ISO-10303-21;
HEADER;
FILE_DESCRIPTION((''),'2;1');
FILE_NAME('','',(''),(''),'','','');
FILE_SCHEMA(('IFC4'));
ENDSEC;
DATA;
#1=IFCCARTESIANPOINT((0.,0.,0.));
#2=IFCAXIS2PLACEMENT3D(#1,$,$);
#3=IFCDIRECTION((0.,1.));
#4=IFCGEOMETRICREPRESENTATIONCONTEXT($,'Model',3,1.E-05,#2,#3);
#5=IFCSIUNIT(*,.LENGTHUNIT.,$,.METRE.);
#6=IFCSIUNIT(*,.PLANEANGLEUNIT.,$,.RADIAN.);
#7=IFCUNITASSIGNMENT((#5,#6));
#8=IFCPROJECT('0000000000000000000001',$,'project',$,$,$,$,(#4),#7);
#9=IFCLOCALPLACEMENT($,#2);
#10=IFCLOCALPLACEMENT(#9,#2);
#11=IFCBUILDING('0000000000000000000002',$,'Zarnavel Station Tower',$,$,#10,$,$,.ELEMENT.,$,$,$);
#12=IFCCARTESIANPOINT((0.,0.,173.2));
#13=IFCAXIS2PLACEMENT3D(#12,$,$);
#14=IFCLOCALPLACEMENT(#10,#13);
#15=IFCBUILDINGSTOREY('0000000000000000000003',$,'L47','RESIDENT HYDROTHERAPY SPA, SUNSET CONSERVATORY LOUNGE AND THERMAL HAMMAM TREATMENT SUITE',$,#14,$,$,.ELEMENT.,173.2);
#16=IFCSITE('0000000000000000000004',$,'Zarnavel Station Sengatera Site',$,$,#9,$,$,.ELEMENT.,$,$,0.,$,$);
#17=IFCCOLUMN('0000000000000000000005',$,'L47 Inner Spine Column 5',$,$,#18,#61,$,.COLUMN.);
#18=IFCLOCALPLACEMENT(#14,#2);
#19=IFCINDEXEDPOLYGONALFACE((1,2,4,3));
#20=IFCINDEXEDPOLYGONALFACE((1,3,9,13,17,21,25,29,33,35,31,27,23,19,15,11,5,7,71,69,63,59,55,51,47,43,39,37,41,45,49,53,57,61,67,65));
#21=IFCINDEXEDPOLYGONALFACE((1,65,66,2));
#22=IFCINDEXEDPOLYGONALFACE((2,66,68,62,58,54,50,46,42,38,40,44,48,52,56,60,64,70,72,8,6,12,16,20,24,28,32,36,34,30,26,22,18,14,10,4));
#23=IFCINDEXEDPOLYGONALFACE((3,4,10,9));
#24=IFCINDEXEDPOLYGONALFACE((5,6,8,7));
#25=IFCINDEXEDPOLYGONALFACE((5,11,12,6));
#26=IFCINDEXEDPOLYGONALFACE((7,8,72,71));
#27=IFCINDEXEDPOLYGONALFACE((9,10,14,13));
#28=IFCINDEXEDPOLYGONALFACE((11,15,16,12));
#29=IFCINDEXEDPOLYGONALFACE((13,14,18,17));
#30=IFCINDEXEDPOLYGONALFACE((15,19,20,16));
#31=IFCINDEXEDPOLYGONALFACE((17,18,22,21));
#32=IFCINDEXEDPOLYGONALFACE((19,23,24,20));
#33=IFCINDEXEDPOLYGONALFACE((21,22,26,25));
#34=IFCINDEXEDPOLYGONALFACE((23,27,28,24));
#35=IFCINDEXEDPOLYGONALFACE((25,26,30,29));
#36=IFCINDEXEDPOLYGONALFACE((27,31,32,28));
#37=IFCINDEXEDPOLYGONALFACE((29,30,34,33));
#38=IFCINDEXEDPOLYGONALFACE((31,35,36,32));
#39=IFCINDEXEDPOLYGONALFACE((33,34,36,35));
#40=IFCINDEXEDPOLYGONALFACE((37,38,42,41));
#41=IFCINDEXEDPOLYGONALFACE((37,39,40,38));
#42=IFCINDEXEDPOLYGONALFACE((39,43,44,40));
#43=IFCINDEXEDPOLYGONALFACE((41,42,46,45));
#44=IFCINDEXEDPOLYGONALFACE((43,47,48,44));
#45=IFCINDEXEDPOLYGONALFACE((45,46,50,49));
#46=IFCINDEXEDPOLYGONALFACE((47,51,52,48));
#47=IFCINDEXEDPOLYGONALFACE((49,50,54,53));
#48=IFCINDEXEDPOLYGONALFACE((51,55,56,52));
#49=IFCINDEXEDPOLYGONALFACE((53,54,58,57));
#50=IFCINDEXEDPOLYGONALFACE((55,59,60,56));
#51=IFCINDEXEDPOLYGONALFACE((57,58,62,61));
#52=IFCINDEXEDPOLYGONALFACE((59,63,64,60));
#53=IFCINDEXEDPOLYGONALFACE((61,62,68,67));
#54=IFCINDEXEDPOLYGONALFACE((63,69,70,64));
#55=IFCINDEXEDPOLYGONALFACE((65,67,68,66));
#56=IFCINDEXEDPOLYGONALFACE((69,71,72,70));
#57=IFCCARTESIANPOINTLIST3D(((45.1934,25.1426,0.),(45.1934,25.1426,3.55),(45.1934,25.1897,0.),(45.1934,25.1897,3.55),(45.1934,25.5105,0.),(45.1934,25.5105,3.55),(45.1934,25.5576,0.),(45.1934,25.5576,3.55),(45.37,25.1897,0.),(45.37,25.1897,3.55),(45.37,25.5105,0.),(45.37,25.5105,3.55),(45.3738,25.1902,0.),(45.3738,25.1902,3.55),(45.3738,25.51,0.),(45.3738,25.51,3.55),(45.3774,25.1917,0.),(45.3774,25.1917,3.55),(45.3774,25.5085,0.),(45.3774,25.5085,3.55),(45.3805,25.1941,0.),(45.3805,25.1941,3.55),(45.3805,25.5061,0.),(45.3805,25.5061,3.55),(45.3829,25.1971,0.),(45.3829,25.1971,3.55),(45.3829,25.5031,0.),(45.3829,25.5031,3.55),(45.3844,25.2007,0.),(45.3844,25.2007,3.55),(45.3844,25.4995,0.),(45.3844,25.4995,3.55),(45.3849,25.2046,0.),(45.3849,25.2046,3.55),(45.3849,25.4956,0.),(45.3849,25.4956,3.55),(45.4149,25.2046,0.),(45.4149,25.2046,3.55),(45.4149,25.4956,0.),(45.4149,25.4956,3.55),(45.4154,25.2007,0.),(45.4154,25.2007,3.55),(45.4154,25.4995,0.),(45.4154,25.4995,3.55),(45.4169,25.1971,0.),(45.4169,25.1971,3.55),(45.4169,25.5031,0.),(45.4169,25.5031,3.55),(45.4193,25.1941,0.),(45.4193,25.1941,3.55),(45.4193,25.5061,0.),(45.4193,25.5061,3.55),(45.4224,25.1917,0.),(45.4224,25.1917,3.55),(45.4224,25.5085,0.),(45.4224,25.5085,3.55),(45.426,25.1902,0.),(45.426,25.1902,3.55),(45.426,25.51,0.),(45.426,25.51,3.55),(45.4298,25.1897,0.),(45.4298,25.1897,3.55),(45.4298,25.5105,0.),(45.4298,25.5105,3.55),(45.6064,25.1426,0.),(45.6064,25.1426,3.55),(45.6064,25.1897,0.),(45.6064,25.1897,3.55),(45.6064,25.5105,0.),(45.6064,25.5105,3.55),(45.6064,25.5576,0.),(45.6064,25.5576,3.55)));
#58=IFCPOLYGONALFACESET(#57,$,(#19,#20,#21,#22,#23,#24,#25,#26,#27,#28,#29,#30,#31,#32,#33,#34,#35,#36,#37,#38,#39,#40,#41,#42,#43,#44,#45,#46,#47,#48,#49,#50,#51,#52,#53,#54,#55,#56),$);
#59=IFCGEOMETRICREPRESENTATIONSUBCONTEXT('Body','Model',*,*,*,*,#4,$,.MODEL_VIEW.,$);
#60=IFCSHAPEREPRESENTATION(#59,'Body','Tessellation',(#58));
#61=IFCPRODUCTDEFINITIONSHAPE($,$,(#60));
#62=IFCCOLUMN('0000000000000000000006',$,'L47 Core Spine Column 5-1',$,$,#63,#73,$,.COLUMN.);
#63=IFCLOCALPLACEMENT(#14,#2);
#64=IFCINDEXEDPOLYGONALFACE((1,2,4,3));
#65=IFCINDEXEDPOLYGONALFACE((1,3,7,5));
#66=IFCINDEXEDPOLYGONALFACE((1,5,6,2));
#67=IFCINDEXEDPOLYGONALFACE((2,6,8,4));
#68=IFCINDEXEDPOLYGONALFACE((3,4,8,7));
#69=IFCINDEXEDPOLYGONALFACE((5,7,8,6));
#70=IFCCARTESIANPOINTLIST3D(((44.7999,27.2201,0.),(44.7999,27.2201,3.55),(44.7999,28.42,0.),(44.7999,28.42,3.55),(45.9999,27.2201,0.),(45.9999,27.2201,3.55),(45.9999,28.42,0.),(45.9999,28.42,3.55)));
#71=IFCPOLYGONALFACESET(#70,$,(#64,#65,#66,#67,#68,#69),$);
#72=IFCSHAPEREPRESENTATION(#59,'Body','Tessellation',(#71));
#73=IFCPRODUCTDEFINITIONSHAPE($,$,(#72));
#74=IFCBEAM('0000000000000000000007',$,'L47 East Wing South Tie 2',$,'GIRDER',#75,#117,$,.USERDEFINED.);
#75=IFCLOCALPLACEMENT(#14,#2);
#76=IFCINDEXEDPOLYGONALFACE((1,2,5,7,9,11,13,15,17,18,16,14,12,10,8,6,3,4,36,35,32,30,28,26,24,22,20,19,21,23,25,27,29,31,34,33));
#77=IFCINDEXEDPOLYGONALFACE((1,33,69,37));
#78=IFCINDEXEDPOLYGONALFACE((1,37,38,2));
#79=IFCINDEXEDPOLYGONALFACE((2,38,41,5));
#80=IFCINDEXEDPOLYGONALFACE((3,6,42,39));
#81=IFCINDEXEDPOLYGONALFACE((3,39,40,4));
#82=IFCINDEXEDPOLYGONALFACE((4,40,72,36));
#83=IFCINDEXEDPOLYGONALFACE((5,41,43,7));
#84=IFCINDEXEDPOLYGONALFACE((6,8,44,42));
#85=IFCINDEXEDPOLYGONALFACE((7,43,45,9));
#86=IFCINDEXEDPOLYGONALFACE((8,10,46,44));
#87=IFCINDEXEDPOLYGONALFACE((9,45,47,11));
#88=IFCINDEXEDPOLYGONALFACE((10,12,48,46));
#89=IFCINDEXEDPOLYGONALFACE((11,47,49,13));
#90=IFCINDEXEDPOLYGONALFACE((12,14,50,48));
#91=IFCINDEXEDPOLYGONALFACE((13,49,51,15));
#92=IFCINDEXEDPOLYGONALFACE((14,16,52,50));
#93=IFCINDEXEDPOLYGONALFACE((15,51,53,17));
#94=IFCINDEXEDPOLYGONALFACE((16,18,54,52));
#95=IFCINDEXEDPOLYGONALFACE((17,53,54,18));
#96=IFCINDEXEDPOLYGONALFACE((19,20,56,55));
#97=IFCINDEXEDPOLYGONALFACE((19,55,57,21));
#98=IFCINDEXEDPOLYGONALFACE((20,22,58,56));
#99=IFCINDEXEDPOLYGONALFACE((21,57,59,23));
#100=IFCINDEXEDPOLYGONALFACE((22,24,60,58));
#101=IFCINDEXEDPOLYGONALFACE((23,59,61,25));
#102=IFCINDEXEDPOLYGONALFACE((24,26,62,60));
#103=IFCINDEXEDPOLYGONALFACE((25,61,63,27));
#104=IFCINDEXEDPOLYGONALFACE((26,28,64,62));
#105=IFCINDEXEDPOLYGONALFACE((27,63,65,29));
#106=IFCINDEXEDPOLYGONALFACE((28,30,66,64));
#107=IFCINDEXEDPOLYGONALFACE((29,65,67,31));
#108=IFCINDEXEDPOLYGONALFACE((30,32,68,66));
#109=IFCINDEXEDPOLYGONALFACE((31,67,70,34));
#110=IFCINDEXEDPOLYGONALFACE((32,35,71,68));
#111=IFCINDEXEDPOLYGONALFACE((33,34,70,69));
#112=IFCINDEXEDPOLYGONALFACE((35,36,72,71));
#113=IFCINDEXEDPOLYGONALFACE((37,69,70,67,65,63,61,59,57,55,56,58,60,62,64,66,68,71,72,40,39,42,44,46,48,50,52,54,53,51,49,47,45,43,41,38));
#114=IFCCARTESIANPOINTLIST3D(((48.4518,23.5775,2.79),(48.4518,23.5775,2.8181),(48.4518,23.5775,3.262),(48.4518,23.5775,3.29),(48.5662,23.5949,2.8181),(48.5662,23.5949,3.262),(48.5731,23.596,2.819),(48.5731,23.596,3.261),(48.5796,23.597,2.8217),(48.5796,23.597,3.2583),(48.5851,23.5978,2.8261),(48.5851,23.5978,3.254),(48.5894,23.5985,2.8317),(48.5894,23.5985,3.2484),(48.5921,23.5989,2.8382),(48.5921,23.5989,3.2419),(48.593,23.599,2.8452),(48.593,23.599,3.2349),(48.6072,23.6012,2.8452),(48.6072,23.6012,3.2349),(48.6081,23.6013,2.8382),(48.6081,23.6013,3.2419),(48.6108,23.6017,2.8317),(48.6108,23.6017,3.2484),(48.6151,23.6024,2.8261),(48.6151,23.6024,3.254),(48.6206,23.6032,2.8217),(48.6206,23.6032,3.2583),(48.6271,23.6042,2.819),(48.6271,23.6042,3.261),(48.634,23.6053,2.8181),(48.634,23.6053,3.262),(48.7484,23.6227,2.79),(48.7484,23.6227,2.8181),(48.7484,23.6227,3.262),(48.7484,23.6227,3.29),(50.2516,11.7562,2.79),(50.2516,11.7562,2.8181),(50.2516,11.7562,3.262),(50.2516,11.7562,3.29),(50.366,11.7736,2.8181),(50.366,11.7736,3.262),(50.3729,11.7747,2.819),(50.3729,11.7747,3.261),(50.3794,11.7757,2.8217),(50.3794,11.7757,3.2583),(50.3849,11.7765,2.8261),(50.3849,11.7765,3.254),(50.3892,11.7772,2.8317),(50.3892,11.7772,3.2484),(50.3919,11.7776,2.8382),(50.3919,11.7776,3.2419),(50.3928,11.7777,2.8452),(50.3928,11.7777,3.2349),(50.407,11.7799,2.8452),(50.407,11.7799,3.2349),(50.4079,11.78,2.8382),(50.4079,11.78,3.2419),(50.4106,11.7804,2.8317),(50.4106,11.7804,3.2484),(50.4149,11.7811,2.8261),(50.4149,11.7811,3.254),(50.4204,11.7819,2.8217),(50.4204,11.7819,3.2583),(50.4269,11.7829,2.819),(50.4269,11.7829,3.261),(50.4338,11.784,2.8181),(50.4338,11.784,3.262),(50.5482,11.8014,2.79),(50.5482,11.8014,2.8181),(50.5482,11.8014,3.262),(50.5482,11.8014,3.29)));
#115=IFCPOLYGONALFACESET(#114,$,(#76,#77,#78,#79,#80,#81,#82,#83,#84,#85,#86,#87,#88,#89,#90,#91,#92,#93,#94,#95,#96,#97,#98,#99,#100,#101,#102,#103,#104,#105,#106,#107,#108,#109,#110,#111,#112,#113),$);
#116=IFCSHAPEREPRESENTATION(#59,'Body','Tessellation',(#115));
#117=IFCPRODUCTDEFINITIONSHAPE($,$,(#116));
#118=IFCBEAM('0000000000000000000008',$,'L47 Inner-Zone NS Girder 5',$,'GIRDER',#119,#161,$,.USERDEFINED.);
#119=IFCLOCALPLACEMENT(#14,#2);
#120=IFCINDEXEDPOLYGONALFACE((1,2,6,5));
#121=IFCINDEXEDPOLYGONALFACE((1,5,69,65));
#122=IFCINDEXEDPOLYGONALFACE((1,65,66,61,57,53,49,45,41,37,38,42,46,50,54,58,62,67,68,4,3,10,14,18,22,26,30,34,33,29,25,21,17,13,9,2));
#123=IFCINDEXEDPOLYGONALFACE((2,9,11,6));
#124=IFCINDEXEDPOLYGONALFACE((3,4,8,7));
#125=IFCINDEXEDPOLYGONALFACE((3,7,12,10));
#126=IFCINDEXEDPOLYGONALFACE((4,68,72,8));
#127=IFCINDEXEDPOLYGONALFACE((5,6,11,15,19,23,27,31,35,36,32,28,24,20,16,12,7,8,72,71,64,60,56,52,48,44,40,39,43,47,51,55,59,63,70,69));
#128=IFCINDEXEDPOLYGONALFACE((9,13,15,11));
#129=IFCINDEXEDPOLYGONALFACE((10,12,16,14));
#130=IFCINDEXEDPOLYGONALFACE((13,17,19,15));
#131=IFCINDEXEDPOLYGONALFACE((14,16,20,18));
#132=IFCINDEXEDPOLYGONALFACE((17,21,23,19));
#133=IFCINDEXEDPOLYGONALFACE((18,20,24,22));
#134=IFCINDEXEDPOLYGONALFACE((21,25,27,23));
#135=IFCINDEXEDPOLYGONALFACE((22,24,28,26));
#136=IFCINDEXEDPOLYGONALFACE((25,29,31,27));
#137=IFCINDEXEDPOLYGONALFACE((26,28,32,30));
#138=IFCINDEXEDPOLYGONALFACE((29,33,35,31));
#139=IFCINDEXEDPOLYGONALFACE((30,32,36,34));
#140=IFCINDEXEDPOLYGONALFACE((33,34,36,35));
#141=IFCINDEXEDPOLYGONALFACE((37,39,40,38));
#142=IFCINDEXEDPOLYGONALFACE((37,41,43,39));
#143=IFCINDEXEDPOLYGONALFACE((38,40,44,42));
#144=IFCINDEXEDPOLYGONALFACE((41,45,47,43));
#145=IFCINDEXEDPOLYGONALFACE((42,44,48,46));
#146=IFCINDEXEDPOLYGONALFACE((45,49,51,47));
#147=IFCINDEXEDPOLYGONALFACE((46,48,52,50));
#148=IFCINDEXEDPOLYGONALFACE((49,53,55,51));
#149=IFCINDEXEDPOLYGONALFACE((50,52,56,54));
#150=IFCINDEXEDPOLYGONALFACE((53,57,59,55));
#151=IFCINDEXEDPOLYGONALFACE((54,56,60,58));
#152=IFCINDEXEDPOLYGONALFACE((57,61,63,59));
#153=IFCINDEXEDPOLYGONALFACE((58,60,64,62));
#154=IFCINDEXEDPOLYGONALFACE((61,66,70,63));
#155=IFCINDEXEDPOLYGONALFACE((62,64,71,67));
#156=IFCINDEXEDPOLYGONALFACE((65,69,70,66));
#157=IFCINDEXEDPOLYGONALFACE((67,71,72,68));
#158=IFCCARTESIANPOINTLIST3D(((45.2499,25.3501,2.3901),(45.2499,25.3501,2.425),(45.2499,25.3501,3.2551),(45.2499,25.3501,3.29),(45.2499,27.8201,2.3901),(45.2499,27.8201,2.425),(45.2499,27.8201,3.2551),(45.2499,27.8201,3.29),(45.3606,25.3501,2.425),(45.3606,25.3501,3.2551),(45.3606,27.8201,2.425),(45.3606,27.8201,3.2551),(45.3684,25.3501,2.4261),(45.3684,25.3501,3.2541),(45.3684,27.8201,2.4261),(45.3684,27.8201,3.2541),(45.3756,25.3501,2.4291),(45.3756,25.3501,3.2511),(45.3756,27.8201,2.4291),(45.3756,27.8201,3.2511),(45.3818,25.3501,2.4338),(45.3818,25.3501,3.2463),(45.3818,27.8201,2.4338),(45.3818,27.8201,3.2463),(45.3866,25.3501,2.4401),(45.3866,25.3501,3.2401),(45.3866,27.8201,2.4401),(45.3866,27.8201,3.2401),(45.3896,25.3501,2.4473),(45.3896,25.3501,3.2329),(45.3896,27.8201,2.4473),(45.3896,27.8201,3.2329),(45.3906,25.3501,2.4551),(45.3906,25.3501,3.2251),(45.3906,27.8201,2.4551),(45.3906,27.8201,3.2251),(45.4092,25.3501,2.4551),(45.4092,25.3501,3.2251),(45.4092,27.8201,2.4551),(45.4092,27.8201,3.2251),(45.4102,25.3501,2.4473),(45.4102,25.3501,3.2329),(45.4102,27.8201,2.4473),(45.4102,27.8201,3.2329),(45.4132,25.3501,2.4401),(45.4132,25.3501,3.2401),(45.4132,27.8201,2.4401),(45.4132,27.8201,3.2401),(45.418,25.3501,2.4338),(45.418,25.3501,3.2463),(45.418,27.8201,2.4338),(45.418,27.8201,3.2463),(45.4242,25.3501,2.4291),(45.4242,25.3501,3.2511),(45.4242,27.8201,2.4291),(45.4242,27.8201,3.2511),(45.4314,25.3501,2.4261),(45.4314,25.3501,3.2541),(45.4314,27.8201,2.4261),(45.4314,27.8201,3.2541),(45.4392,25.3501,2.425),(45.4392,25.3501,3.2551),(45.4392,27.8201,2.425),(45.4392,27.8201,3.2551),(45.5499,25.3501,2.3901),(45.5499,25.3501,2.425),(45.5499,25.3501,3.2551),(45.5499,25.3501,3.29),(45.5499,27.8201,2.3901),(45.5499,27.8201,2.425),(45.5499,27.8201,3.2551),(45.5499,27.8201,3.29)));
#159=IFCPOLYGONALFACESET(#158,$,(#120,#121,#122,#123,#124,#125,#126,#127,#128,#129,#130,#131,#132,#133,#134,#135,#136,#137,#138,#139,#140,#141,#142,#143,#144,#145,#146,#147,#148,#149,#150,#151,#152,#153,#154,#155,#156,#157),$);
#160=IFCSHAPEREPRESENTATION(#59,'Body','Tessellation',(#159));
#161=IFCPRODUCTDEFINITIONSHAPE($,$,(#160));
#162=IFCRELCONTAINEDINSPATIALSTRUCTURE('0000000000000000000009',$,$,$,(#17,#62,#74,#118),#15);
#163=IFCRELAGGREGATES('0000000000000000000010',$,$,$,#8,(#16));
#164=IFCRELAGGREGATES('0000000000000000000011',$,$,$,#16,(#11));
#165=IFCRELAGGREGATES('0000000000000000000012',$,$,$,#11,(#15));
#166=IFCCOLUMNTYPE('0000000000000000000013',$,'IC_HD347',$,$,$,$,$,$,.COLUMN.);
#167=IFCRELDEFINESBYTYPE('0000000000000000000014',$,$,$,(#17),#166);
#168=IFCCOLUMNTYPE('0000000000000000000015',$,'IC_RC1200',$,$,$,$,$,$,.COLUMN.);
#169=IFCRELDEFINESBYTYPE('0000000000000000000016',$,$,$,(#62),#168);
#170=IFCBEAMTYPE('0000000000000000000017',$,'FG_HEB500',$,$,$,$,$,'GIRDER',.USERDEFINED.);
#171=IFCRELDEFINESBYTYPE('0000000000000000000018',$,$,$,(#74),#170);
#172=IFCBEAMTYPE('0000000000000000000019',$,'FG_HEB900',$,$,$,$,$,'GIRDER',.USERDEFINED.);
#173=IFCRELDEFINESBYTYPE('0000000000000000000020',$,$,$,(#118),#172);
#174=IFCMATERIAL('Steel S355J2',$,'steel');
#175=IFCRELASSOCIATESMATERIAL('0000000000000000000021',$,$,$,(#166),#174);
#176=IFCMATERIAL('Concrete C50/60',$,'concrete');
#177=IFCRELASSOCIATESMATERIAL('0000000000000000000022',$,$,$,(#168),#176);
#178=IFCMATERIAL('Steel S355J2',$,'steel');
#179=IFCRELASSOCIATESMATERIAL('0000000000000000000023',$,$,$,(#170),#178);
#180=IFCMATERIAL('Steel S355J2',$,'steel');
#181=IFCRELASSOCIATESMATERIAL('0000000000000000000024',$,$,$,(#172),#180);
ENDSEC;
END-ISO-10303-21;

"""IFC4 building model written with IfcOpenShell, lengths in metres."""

from ifc_helpers import new_model, si_unit, direction, frame, origin, origin_2d, place, context, subcontext, project, spatial, rectangle, i_section, extrude, material, material_profile, profile_set, type_object, element, save


model = new_model("IFC4")

# Units and contexts
model_context = context("Model", 3, precision=1e-05, world=origin(), true_north=direction((0.0, 1.0)))
body_context = subcontext(model_context, "Body", "Model", "MODEL_VIEW")
ifc_project = project(units=[si_unit("LENGTHUNIT", "METRE"), si_unit("PLANEANGLEUNIT", "RADIAN")], contexts=[model_context])

# Site, building, storey
site_placement = place(None, origin())
site = spatial("IfcSite", under=ifc_project, at=site_placement, Name="Zarnavel Station Sengatera Site", CompositionType="ELEMENT", RefElevation=0.0)
building_placement = place(site_placement, origin())
building = spatial("IfcBuilding", under=site, at=building_placement, Name="Zarnavel Station Tower", CompositionType="ELEMENT")
storey_placement = place(building_placement, frame((0.0, 0.0, 173.2)))
storey = spatial("IfcBuildingStorey", under=building, at=storey_placement, Name="L47", Description="RESIDENT HYDROTHERAPY SPA, SUNSET CONSERVATORY LOUNGE AND THERMAL HAMMAM TREATMENT SUITE", CompositionType="ELEMENT", Elevation=173.2)

# Columns
ifc_material_1 = material(Name="Steel S355J2", Category="steel")
ifc_material_profile_1 = material_profile(ifc_material_1, i_section(OverallWidth=0.4131, OverallDepth=0.415, WebThickness=0.03, FlangeThickness=0.0471, FilletRadius=0.0149, at=origin_2d()), Name="HD400x347")
ifc_profile_set_1 = profile_set([ifc_material_profile_1], Name="Steel S355J2")
column_type_1 = type_object("IfcColumnType", Name="IC_HD347", PredefinedType="COLUMN", material=ifc_profile_set_1)
column_1_placement = place(storey_placement, frame((45.3999, 25.3501, 0.0), z_axis=(0.0, 0.0, 1.0), x_axis=(1.0, 0.0, 0.0)))
element("IfcColumn", 1, at=column_1_placement, inside=storey, type_object=column_type_1, Name="L47 Inner Spine Column 5", PredefinedType="COLUMN", context=body_context, shape_type="SweptSolid", body=[
    extrude(i_section(OverallWidth=0.4131, OverallDepth=0.415, WebThickness=0.03, FlangeThickness=0.0471, FilletRadius=0.0149, at=origin_2d()), origin(), (0.0, 0.0, 1.0), 3.55),
])
ifc_material_2 = material(Name="Concrete C50/60", Category="concrete")
ifc_material_profile_2 = material_profile(ifc_material_2, rectangle(XDim=1.2, YDim=1.2, at=origin_2d()), Name="RC1200x1200")
ifc_profile_set_2 = profile_set([ifc_material_profile_2], Name="Concrete C50/60")
column_type_2 = type_object("IfcColumnType", Name="IC_RC1200", PredefinedType="COLUMN", material=ifc_profile_set_2)
column_2_placement = place(storey_placement, frame((45.3999, 27.8201, 0.0), z_axis=(0.0, 0.0, 1.0), x_axis=(1.0, 0.0, 0.0)))
element("IfcColumn", 2, at=column_2_placement, inside=storey, type_object=column_type_2, Name="L47 Core Spine Column 5-1", PredefinedType="COLUMN", context=body_context, shape_type="SweptSolid", body=[
    extrude(rectangle(XDim=1.2, YDim=1.2, at=origin_2d()), origin(), (0.0, 0.0, 1.0), 3.55),
])

# Beams
ifc_material_3 = material(Name="Steel S355J2", Category="steel")
ifc_material_profile_3 = material_profile(ifc_material_3, i_section(OverallWidth=0.3, OverallDepth=0.5, WebThickness=0.0144, FlangeThickness=0.0281, FilletRadius=0.0271, at=origin_2d()), Name="HEB500")
ifc_profile_set_3 = profile_set([ifc_material_profile_3], Name="Steel S355J2")
beam_type_1 = type_object("IfcBeamType", Name="FG_HEB500", ElementType="GIRDER", PredefinedType="USERDEFINED", material=ifc_profile_set_3)
beam_1_placement = place(storey_placement, frame((48.6001, 23.6001, 3.04), z_axis=(0.150517, -0.988607, 0.0), x_axis=(0.988607, 0.150517, 0.0)))
element("IfcBeam", 3, at=beam_1_placement, inside=storey, type_object=beam_type_1, Name="L47 East Wing South Tie 2", ObjectType="GIRDER", PredefinedType="USERDEFINED", context=body_context, shape_type="SweptSolid", body=[
    extrude(i_section(OverallWidth=0.3, OverallDepth=0.5, WebThickness=0.0144, FlangeThickness=0.0281, FilletRadius=0.0271, at=origin_2d()), origin(), (0.0, 0.0, 1.0), 11.9575),
])
ifc_material_4 = material(Name="Steel S355J2", Category="steel")
ifc_material_profile_4 = material_profile(ifc_material_4, i_section(OverallWidth=0.3, OverallDepth=0.8999, WebThickness=0.0186, FlangeThickness=0.0349, FilletRadius=0.03, at=origin_2d()), Name="HEB900")
ifc_profile_set_4 = profile_set([ifc_material_profile_4], Name="Steel S355J2")
beam_type_2 = type_object("IfcBeamType", Name="FG_HEB900", ElementType="GIRDER", PredefinedType="USERDEFINED", material=ifc_profile_set_4)
beam_2_placement = place(storey_placement, frame((45.3999, 25.3501, 2.8401), z_axis=(0.0, 1.0, 0.0), x_axis=(-1.0, 0.0, 0.0)))
element("IfcBeam", 4, at=beam_2_placement, inside=storey, type_object=beam_type_2, Name="L47 Inner-Zone NS Girder 5", ObjectType="GIRDER", PredefinedType="USERDEFINED", context=body_context, shape_type="SweptSolid", body=[
    extrude(i_section(OverallWidth=0.3, OverallDepth=0.8999, WebThickness=0.0186, FlangeThickness=0.0349, FilletRadius=0.03, at=origin_2d()), origin(), (0.0, 0.0, 1.0), 2.47),
])

save(model, "model.ifc")
